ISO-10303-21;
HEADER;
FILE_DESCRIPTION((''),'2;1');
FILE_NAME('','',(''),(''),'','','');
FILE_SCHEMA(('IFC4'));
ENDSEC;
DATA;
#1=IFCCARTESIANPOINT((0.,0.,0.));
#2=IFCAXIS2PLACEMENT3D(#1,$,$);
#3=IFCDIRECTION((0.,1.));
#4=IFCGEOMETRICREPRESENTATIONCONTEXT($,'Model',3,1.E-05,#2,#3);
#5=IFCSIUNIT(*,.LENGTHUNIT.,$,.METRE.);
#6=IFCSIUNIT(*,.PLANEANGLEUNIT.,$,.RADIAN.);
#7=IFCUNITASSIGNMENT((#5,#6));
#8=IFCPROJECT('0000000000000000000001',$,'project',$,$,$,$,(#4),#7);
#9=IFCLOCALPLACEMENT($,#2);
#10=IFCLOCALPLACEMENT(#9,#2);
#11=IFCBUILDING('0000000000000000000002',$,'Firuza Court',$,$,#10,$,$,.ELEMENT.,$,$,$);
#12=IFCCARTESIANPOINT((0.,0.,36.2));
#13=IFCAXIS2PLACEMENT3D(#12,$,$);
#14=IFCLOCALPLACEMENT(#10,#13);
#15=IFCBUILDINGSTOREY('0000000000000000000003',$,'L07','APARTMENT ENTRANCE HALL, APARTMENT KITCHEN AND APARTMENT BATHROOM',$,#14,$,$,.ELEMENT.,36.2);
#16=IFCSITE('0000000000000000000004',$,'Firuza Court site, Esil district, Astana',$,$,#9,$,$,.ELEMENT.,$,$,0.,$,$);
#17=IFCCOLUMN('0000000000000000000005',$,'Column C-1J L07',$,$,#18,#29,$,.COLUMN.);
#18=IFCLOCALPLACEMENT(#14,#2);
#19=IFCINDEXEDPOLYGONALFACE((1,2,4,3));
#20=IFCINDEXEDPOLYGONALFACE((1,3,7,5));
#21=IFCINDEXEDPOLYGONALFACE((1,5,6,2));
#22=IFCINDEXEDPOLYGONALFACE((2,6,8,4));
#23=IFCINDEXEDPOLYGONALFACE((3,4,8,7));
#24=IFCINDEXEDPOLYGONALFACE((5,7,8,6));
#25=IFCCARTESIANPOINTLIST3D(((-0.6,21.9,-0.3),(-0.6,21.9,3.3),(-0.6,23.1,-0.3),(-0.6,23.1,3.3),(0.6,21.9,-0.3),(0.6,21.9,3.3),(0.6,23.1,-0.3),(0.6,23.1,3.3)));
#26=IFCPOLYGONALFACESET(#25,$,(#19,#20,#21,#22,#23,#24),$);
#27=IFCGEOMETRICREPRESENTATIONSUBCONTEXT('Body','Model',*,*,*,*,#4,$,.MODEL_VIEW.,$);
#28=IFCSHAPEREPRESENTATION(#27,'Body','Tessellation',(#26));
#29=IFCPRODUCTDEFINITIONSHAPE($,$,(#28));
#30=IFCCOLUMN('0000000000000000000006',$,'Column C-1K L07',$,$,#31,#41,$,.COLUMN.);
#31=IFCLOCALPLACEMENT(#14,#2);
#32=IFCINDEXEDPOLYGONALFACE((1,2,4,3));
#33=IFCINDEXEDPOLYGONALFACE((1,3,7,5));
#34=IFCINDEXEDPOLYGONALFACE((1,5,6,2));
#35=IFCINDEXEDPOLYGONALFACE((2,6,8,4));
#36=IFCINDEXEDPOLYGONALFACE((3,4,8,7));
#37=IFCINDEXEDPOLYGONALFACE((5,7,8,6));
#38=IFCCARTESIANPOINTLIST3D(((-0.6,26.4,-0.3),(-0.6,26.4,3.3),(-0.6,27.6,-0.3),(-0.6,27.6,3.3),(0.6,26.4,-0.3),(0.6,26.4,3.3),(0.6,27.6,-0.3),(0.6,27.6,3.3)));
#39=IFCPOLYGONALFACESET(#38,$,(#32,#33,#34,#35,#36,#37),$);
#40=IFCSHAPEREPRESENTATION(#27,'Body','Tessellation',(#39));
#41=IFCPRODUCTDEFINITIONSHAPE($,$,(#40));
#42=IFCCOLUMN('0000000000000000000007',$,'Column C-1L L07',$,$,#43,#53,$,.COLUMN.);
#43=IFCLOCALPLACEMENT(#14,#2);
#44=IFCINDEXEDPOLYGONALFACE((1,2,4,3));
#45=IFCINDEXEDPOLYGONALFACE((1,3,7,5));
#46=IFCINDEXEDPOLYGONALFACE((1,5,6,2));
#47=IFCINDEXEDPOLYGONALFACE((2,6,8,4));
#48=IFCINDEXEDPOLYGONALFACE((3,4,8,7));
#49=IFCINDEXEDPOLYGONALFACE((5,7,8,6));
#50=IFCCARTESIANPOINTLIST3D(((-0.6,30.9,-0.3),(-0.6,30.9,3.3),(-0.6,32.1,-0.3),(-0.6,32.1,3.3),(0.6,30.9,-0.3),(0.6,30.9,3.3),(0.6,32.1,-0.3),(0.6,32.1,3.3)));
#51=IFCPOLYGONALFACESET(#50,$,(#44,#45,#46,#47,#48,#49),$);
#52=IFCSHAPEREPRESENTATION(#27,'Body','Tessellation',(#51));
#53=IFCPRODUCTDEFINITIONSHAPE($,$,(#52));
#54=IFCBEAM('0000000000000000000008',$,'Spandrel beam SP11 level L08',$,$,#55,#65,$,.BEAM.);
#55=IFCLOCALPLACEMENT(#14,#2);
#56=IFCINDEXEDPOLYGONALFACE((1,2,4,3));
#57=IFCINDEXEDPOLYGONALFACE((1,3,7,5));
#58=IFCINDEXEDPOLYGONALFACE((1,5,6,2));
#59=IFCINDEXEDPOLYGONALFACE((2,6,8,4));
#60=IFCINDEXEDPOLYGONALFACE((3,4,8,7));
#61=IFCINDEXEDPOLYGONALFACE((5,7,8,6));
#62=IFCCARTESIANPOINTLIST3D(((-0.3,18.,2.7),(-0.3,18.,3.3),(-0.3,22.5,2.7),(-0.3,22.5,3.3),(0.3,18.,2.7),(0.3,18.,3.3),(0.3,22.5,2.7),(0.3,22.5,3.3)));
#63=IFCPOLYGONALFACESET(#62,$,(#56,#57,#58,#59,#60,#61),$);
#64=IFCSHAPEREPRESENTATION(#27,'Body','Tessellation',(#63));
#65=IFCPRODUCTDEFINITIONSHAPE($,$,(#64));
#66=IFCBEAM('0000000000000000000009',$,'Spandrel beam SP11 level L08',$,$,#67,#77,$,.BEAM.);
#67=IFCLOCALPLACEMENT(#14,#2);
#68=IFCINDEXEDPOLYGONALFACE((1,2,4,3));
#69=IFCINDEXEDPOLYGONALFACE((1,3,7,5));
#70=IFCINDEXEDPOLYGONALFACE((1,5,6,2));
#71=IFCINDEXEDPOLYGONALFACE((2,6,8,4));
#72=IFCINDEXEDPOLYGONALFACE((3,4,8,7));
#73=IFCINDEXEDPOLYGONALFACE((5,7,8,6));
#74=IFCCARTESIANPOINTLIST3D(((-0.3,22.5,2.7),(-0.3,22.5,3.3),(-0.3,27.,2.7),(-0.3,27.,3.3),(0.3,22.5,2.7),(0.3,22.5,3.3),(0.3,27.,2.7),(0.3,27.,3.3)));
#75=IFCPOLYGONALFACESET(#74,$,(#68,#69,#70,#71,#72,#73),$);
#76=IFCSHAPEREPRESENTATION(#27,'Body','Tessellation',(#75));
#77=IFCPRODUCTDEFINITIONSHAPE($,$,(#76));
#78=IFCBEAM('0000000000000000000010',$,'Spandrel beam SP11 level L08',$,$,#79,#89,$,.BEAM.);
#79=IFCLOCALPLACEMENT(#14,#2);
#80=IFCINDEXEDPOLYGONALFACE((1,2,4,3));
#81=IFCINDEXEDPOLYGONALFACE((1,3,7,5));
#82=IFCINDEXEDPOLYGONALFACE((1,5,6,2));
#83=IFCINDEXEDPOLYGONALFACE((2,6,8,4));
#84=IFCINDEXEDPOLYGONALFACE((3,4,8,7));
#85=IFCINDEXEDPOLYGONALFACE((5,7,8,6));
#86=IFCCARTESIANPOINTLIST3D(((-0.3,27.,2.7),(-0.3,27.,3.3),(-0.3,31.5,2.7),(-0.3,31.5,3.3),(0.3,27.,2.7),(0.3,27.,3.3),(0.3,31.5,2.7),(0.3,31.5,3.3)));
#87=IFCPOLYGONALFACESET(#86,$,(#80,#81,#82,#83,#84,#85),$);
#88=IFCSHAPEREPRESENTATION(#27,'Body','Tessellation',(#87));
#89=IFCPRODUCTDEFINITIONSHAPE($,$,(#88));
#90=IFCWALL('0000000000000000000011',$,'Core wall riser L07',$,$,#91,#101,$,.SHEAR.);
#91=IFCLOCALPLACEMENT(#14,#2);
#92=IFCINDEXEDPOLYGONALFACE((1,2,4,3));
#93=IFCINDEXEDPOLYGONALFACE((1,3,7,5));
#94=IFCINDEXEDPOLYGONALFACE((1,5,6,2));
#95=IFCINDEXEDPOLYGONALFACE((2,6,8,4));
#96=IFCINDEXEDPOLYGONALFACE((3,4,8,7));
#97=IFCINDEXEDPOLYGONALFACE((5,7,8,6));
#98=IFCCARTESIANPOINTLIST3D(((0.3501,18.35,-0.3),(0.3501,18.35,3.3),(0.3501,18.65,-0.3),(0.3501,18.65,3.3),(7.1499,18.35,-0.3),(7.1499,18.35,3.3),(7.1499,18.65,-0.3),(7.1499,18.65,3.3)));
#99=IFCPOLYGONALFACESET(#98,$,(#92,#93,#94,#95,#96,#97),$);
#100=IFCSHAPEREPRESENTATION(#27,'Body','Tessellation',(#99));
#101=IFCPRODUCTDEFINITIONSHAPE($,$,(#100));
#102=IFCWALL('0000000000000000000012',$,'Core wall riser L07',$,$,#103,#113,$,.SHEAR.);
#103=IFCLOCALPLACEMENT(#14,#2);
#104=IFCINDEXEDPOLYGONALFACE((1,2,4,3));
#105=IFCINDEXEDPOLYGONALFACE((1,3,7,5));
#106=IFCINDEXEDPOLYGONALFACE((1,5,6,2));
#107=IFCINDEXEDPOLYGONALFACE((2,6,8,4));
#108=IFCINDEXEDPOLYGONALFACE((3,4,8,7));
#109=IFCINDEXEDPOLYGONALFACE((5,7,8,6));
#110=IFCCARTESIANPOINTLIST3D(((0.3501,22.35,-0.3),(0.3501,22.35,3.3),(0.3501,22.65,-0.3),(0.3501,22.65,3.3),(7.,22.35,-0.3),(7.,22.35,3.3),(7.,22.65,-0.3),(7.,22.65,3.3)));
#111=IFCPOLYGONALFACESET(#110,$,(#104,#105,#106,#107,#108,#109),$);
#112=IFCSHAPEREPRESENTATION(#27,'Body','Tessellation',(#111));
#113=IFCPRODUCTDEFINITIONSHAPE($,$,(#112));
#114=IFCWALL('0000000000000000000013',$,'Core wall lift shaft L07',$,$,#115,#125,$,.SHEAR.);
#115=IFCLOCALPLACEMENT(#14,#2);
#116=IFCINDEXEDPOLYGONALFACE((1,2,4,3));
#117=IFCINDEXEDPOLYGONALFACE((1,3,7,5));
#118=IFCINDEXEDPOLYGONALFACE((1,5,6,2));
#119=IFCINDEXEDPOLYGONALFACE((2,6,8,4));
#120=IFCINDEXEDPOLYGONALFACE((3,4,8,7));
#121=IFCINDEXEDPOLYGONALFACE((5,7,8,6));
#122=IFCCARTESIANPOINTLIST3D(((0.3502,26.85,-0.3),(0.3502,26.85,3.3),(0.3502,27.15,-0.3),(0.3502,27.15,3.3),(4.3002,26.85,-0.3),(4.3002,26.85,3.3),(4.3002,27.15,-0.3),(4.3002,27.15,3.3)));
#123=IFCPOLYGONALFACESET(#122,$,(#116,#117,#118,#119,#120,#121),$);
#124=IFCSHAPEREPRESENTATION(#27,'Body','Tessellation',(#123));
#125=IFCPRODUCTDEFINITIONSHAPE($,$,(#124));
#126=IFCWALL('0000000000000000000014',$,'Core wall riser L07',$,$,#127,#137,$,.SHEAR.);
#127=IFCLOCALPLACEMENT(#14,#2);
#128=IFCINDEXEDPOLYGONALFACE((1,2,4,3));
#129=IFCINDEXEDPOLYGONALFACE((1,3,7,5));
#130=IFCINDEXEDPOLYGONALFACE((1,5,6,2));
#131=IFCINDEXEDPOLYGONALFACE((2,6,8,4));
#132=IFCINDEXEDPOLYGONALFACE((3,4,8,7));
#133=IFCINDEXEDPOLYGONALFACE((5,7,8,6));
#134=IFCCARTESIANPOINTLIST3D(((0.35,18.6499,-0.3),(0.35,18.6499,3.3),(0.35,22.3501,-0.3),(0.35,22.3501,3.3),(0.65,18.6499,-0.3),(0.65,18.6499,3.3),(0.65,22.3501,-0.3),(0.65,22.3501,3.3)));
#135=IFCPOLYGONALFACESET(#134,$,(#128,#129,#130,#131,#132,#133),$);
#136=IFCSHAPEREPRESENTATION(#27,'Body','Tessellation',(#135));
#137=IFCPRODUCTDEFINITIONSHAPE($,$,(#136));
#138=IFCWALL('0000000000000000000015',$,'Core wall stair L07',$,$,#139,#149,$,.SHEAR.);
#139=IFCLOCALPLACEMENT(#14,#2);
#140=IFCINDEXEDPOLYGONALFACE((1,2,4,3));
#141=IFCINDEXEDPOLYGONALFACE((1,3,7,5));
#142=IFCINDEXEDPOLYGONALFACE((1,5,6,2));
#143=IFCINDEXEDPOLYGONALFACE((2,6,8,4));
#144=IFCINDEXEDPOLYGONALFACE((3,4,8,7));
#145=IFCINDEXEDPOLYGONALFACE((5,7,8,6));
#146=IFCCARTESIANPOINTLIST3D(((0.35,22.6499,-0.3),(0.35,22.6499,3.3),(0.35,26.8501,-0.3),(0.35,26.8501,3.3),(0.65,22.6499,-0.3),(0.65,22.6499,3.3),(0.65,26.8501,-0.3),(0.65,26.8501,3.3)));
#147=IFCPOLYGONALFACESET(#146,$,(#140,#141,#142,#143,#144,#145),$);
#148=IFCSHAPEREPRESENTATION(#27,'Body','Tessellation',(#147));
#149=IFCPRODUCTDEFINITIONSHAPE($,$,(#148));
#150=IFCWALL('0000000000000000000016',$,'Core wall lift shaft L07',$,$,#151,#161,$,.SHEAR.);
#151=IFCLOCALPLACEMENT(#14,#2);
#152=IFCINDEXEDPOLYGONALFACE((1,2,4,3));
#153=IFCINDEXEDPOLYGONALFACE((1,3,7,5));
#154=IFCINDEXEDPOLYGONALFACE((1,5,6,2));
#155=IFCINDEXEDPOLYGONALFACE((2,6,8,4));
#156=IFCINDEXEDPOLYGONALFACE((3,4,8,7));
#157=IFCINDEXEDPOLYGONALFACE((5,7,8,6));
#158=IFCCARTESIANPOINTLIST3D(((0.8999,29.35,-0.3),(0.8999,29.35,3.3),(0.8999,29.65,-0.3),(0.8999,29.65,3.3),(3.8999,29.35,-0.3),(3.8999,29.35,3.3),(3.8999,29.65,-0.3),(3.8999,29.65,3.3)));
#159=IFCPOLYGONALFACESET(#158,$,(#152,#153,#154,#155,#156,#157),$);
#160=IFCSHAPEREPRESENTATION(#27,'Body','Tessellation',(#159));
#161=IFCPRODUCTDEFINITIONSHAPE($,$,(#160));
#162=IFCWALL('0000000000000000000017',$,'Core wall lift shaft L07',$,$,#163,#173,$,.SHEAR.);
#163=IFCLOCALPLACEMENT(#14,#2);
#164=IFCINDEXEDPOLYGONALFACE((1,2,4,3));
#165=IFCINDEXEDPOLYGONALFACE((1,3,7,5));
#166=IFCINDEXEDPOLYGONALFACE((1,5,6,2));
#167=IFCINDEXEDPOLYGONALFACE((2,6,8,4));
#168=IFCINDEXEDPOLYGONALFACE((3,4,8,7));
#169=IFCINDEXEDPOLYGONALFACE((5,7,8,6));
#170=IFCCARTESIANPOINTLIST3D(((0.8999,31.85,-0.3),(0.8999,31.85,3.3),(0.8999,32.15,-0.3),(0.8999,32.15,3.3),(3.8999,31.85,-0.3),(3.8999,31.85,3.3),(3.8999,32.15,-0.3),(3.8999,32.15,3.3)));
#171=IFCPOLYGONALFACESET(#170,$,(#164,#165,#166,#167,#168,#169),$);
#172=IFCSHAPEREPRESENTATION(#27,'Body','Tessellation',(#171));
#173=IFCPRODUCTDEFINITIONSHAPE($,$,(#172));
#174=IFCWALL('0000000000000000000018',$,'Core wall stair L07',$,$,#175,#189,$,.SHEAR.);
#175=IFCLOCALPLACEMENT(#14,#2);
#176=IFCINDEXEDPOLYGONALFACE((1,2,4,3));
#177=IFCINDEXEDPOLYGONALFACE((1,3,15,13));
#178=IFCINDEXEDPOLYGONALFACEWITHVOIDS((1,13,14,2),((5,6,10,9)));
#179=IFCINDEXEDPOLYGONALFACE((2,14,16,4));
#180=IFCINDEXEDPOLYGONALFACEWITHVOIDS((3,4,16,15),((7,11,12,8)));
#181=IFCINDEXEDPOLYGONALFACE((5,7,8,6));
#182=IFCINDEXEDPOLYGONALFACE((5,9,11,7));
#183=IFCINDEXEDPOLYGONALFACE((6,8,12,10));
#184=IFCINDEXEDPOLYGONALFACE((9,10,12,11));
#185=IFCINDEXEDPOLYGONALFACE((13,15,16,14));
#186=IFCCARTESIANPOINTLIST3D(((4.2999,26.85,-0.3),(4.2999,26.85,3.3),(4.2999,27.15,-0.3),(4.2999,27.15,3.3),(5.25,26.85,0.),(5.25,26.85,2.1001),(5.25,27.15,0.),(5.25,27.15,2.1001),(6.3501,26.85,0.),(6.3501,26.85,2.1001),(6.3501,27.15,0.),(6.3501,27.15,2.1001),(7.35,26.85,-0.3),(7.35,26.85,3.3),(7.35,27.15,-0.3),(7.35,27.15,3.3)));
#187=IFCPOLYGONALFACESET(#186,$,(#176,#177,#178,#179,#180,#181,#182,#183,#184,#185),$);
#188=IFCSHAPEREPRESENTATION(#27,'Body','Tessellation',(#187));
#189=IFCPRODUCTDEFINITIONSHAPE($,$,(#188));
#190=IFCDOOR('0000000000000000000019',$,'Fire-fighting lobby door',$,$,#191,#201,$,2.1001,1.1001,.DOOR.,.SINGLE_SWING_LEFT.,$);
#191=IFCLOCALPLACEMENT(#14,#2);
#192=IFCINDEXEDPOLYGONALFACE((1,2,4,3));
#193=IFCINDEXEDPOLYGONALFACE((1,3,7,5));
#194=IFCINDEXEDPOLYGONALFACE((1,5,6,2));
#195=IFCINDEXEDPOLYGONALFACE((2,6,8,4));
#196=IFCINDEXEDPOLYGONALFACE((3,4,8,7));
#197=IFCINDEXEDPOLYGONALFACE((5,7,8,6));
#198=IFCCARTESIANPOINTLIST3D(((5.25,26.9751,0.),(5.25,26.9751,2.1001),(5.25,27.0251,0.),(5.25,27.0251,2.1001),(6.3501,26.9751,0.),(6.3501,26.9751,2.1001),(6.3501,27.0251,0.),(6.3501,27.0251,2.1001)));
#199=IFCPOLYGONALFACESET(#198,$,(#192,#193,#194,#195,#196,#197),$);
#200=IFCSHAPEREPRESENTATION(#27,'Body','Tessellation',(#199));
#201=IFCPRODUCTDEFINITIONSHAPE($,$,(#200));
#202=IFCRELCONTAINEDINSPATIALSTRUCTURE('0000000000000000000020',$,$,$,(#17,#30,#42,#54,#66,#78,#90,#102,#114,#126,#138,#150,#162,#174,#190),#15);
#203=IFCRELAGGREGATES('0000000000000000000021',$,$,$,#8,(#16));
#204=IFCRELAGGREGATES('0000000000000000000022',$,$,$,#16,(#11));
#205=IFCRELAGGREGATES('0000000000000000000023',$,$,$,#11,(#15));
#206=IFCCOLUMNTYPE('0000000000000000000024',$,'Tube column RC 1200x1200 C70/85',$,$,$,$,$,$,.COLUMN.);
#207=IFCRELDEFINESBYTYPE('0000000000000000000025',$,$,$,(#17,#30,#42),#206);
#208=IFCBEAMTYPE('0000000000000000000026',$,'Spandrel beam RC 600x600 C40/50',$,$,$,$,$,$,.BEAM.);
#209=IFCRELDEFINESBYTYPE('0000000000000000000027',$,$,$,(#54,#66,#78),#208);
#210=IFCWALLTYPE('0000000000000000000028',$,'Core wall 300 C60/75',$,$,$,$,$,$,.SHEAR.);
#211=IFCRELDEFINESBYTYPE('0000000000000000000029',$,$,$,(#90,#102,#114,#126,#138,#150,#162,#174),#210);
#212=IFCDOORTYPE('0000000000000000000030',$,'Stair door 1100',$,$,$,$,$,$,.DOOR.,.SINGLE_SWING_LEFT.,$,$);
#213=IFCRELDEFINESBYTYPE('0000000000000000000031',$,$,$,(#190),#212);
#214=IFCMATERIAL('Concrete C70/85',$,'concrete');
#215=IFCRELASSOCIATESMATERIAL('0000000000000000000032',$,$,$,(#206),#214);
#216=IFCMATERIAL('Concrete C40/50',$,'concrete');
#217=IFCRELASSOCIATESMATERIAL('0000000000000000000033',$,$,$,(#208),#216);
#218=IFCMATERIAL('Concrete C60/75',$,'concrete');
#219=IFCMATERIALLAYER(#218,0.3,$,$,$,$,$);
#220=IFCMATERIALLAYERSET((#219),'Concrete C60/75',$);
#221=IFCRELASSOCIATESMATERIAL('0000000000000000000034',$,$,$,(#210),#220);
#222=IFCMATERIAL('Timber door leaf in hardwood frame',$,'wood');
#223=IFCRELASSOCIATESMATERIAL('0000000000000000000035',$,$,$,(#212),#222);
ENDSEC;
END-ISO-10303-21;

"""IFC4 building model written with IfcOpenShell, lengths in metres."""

from ifc_helpers import new_model, si_unit, direction, frame, frame_2d, origin, origin_2d, place, context, subcontext, project, spatial, rectangle, extrude, material, layer, layer_set, material_profile, profile_set, type_object, element, fill, save


model = new_model("IFC4")

# Units and contexts
model_context = context("Model", 3, precision=1e-05, world=origin(), true_north=direction((0.0, 1.0)))
body_context = subcontext(model_context, "Body", "Model", "MODEL_VIEW")
ifc_project = project(units=[si_unit("LENGTHUNIT", "METRE"), si_unit("PLANEANGLEUNIT", "RADIAN")], contexts=[model_context])

# Site, building, storey
site_placement = place(None, origin())
site = spatial("IfcSite", under=ifc_project, at=site_placement, Name="Firuza Court site, Esil district, Astana", CompositionType="ELEMENT", RefElevation=0.0)
building_placement = place(site_placement, origin())
building = spatial("IfcBuilding", under=site, at=building_placement, Name="Firuza Court", CompositionType="ELEMENT")
storey_placement = place(building_placement, frame((0.0, 0.0, 36.2)))
storey = spatial("IfcBuildingStorey", under=building, at=storey_placement, Name="L07", Description="APARTMENT ENTRANCE HALL, APARTMENT KITCHEN AND APARTMENT BATHROOM", CompositionType="ELEMENT", Elevation=36.2)

# Columns
ifc_material_1 = material(Name="Concrete C70/85", Category="concrete")
ifc_material_profile_1 = material_profile(ifc_material_1, rectangle(XDim=1.2, YDim=1.2, at=origin_2d()), Name="RC 1200x1200")
ifc_profile_set_1 = profile_set([ifc_material_profile_1], Name="Concrete C70/85")
column_type = type_object("IfcColumnType", Name="Tube column RC 1200x1200 C70/85", PredefinedType="COLUMN", material=ifc_profile_set_1)
for number, where, z_axis, x_axis, name in (
    (1, (0.0, 22.5, -0.3), (0.0, 0.0, 1.0), (1.0, 0.0, 0.0), "Column C-1J L07"),
    (2, (0.0, 27.0, -0.3), (0.0, 0.0, 1.0), (1.0, 0.0, 0.0), "Column C-1K L07"),
    (3, (0.0, 31.5, -0.3), (0.0, 0.0, 1.0), (1.0, 0.0, 0.0), "Column C-1L L07"),
):
    element("IfcColumn", number, at=place(storey_placement, frame(where, z_axis=z_axis, x_axis=x_axis)), inside=storey, type_object=column_type, Name=name, PredefinedType="COLUMN", context=body_context, shape_type="SweptSolid", body=[
        extrude(rectangle(XDim=1.2, YDim=1.2, at=origin_2d()), origin(), (0.0, 0.0, 1.0), 3.6001),
    ])

# Beams
ifc_material_2 = material(Name="Concrete C40/50", Category="concrete")
ifc_material_profile_2 = material_profile(ifc_material_2, rectangle(XDim=0.6001, YDim=0.6001, at=origin_2d()), Name="RC 600x600")
ifc_profile_set_2 = profile_set([ifc_material_profile_2], Name="Concrete C40/50")
beam_type = type_object("IfcBeamType", Name="Spandrel beam RC 600x600 C40/50", PredefinedType="BEAM", material=ifc_profile_set_2)
for number, where, z_axis, x_axis, name in (
    (4, (0.0, 22.5, 3.0), (0.0, -1.0, 0.0), (1.0, 0.0, 0.0), "Spandrel beam SP11 level L08"),
    (5, (0.0, 27.0, 3.0), (0.0, -1.0, 0.0), (1.0, 0.0, 0.0), "Spandrel beam SP11 level L08"),
    (6, (0.0, 31.5, 3.0), (0.0, -1.0, 0.0), (1.0, 0.0, 0.0), "Spandrel beam SP11 level L08"),
):
    element("IfcBeam", number, at=place(storey_placement, frame(where, z_axis=z_axis, x_axis=x_axis)), inside=storey, type_object=beam_type, Name=name, PredefinedType="BEAM", context=body_context, shape_type="SweptSolid", body=[
        extrude(rectangle(XDim=0.6001, YDim=0.6001, at=origin_2d()), origin(), (0.0, 0.0, 1.0), 4.5),
    ])

# Walls
ifc_material_3 = material(Name="Concrete C60/75", Category="concrete")
ifc_layer_1 = layer(ifc_material_3, 0.3)
ifc_layer_set_1 = layer_set([ifc_layer_1], Name="Concrete C60/75")
wall_type_1 = type_object("IfcWallType", Name="Core wall 300 C60/75", PredefinedType="SHEAR", material=ifc_layer_set_1)
wall_1_placement = place(storey_placement, frame((0.3501, 18.5, -0.3), z_axis=(0.0, 0.0, 1.0), x_axis=(1.0, 0.0, 0.0)))
element("IfcWall", 7, at=wall_1_placement, inside=storey, type_object=wall_type_1, Name="Core wall riser L07", PredefinedType="SHEAR", context=body_context, shape_type="SweptSolid", body=[
    extrude(rectangle(XDim=6.7998, YDim=0.3, at=frame_2d((3.3999, 0.0))), origin(), (0.0, 0.0, 1.0), 3.6001),
])
wall_2_placement = place(storey_placement, frame((0.3501, 22.5, -0.3), z_axis=(0.0, 0.0, 1.0), x_axis=(1.0, 0.0, 0.0)))
element("IfcWall", 8, at=wall_2_placement, inside=storey, type_object=wall_type_1, Name="Core wall riser L07", PredefinedType="SHEAR", context=body_context, shape_type="SweptSolid", body=[
    extrude(rectangle(XDim=6.6499, YDim=0.3, at=frame_2d((3.325, 0.0))), origin(), (0.0, 0.0, 1.0), 3.6001),
])
wall_3_placement = place(storey_placement, frame((0.3501, 27.0, -0.3), z_axis=(0.0, 0.0, 1.0), x_axis=(1.0, 0.0, 0.0)))
element("IfcWall", 9, at=wall_3_placement, inside=storey, type_object=wall_type_1, Name="Core wall lift shaft L07", PredefinedType="SHEAR", context=body_context, shape_type="SweptSolid", body=[
    extrude(rectangle(XDim=3.95, YDim=0.3, at=frame_2d((1.9751, 0.0))), origin(), (0.0, 0.0, 1.0), 3.6001),
])
wall_4_placement = place(storey_placement, frame((0.5, 18.6499, -0.3), z_axis=(0.0, 0.0, 1.0), x_axis=(0.0, 1.0, 0.0)))
element("IfcWall", 10, at=wall_4_placement, inside=storey, type_object=wall_type_1, Name="Core wall riser L07", PredefinedType="SHEAR", context=body_context, shape_type="SweptSolid", body=[
    extrude(rectangle(XDim=3.7002, YDim=0.3, at=frame_2d((1.8501, 0.0))), origin(), (0.0, 0.0, 1.0), 3.6001),
])
wall_5_placement = place(storey_placement, frame((0.5, 22.6499, -0.3), z_axis=(0.0, 0.0, 1.0), x_axis=(0.0, 1.0, 0.0)))
element("IfcWall", 11, at=wall_5_placement, inside=storey, type_object=wall_type_1, Name="Core wall stair L07", PredefinedType="SHEAR", context=body_context, shape_type="SweptSolid", body=[
    extrude(rectangle(XDim=4.2002, YDim=0.3, at=frame_2d((2.1001, 0.0))), origin(), (0.0, 0.0, 1.0), 3.6001),
])
for number, where, z_axis, x_axis, name in (
    (12, (0.8999, 29.5, -0.3), (0.0, 0.0, 1.0), (1.0, 0.0, 0.0), "Core wall lift shaft L07"),
    (13, (0.8999, 32.0, -0.3), (0.0, 0.0, 1.0), (1.0, 0.0, 0.0), "Core wall lift shaft L07"),
):
    element("IfcWall", number, at=place(storey_placement, frame(where, z_axis=z_axis, x_axis=x_axis)), inside=storey, type_object=wall_type_1, Name=name, PredefinedType="SHEAR", context=body_context, shape_type="SweptSolid", body=[
        extrude(rectangle(XDim=3.0, YDim=0.3, at=frame_2d((1.5, 0.0))), origin(), (0.0, 0.0, 1.0), 3.6001),
    ])

# Wall, opening, door
wall_6_placement = place(storey_placement, frame((4.3, 27.0, -0.3), z_axis=(0.0, 0.0, 1.0), x_axis=(1.0, 0.0, 0.0)))
wall_6 = element("IfcWall", 14, at=wall_6_placement, inside=storey, type_object=wall_type_1, Name="Core wall stair L07", PredefinedType="SHEAR", context=body_context, shape_type="SweptSolid", body=[
    extrude(rectangle(XDim=3.05, YDim=0.3, at=frame_2d((1.5249, 0.0))), origin(), (0.0, 0.0, 1.0), 3.6001),
])
opening_1_placement = place(wall_6_placement, frame((0.95, 0.0, 0.3)))
opening_1 = element("IfcOpeningElement", 15, at=opening_1_placement, cuts=wall_6, PredefinedType="OPENING", context=body_context, shape_type="SweptSolid", body=[
    extrude(rectangle(XDim=1.1001, YDim=2.1001, at=frame_2d((0.55, 1.05))), frame((0.0, 0.1621, 0.0), z_axis=(0.0, -1.0, 0.0), x_axis=(1.0, 0.0, 0.0)), (0.0, 0.0, 1.0), 0.324),
])
ifc_material_4 = material(Name="Timber door leaf in hardwood frame", Category="wood")
door_type_1 = type_object("IfcDoorType", Name="Stair door 1100", OperationType="SINGLE_SWING_LEFT", PredefinedType="DOOR", material=ifc_material_4)
door_1_placement = place(opening_1_placement, frame((1.1001, 0.0, 0.0), z_axis=(0.0, 0.0, 1.0), x_axis=(-1.0, 0.0, 0.0)))
door_1 = element("IfcDoor", 16, at=door_1_placement, inside=storey, type_object=door_type_1, Name="Fire-fighting lobby door", OperationType="SINGLE_SWING_LEFT", OverallHeight=2.1001, OverallWidth=1.1001, PredefinedType="DOOR", context=body_context, shape_type="SweptSolid", body=[
    extrude(rectangle(XDim=1.1001, YDim=2.1001, at=frame_2d((0.55, 1.05))), frame((0.0, 0.0249, 0.0), z_axis=(0.0, -1.0, 0.0), x_axis=(1.0, 0.0, 0.0)), (0.0, 0.0, 1.0), 0.05),
])
fill(opening_1, door_1)

save(model, "model.ifc")
